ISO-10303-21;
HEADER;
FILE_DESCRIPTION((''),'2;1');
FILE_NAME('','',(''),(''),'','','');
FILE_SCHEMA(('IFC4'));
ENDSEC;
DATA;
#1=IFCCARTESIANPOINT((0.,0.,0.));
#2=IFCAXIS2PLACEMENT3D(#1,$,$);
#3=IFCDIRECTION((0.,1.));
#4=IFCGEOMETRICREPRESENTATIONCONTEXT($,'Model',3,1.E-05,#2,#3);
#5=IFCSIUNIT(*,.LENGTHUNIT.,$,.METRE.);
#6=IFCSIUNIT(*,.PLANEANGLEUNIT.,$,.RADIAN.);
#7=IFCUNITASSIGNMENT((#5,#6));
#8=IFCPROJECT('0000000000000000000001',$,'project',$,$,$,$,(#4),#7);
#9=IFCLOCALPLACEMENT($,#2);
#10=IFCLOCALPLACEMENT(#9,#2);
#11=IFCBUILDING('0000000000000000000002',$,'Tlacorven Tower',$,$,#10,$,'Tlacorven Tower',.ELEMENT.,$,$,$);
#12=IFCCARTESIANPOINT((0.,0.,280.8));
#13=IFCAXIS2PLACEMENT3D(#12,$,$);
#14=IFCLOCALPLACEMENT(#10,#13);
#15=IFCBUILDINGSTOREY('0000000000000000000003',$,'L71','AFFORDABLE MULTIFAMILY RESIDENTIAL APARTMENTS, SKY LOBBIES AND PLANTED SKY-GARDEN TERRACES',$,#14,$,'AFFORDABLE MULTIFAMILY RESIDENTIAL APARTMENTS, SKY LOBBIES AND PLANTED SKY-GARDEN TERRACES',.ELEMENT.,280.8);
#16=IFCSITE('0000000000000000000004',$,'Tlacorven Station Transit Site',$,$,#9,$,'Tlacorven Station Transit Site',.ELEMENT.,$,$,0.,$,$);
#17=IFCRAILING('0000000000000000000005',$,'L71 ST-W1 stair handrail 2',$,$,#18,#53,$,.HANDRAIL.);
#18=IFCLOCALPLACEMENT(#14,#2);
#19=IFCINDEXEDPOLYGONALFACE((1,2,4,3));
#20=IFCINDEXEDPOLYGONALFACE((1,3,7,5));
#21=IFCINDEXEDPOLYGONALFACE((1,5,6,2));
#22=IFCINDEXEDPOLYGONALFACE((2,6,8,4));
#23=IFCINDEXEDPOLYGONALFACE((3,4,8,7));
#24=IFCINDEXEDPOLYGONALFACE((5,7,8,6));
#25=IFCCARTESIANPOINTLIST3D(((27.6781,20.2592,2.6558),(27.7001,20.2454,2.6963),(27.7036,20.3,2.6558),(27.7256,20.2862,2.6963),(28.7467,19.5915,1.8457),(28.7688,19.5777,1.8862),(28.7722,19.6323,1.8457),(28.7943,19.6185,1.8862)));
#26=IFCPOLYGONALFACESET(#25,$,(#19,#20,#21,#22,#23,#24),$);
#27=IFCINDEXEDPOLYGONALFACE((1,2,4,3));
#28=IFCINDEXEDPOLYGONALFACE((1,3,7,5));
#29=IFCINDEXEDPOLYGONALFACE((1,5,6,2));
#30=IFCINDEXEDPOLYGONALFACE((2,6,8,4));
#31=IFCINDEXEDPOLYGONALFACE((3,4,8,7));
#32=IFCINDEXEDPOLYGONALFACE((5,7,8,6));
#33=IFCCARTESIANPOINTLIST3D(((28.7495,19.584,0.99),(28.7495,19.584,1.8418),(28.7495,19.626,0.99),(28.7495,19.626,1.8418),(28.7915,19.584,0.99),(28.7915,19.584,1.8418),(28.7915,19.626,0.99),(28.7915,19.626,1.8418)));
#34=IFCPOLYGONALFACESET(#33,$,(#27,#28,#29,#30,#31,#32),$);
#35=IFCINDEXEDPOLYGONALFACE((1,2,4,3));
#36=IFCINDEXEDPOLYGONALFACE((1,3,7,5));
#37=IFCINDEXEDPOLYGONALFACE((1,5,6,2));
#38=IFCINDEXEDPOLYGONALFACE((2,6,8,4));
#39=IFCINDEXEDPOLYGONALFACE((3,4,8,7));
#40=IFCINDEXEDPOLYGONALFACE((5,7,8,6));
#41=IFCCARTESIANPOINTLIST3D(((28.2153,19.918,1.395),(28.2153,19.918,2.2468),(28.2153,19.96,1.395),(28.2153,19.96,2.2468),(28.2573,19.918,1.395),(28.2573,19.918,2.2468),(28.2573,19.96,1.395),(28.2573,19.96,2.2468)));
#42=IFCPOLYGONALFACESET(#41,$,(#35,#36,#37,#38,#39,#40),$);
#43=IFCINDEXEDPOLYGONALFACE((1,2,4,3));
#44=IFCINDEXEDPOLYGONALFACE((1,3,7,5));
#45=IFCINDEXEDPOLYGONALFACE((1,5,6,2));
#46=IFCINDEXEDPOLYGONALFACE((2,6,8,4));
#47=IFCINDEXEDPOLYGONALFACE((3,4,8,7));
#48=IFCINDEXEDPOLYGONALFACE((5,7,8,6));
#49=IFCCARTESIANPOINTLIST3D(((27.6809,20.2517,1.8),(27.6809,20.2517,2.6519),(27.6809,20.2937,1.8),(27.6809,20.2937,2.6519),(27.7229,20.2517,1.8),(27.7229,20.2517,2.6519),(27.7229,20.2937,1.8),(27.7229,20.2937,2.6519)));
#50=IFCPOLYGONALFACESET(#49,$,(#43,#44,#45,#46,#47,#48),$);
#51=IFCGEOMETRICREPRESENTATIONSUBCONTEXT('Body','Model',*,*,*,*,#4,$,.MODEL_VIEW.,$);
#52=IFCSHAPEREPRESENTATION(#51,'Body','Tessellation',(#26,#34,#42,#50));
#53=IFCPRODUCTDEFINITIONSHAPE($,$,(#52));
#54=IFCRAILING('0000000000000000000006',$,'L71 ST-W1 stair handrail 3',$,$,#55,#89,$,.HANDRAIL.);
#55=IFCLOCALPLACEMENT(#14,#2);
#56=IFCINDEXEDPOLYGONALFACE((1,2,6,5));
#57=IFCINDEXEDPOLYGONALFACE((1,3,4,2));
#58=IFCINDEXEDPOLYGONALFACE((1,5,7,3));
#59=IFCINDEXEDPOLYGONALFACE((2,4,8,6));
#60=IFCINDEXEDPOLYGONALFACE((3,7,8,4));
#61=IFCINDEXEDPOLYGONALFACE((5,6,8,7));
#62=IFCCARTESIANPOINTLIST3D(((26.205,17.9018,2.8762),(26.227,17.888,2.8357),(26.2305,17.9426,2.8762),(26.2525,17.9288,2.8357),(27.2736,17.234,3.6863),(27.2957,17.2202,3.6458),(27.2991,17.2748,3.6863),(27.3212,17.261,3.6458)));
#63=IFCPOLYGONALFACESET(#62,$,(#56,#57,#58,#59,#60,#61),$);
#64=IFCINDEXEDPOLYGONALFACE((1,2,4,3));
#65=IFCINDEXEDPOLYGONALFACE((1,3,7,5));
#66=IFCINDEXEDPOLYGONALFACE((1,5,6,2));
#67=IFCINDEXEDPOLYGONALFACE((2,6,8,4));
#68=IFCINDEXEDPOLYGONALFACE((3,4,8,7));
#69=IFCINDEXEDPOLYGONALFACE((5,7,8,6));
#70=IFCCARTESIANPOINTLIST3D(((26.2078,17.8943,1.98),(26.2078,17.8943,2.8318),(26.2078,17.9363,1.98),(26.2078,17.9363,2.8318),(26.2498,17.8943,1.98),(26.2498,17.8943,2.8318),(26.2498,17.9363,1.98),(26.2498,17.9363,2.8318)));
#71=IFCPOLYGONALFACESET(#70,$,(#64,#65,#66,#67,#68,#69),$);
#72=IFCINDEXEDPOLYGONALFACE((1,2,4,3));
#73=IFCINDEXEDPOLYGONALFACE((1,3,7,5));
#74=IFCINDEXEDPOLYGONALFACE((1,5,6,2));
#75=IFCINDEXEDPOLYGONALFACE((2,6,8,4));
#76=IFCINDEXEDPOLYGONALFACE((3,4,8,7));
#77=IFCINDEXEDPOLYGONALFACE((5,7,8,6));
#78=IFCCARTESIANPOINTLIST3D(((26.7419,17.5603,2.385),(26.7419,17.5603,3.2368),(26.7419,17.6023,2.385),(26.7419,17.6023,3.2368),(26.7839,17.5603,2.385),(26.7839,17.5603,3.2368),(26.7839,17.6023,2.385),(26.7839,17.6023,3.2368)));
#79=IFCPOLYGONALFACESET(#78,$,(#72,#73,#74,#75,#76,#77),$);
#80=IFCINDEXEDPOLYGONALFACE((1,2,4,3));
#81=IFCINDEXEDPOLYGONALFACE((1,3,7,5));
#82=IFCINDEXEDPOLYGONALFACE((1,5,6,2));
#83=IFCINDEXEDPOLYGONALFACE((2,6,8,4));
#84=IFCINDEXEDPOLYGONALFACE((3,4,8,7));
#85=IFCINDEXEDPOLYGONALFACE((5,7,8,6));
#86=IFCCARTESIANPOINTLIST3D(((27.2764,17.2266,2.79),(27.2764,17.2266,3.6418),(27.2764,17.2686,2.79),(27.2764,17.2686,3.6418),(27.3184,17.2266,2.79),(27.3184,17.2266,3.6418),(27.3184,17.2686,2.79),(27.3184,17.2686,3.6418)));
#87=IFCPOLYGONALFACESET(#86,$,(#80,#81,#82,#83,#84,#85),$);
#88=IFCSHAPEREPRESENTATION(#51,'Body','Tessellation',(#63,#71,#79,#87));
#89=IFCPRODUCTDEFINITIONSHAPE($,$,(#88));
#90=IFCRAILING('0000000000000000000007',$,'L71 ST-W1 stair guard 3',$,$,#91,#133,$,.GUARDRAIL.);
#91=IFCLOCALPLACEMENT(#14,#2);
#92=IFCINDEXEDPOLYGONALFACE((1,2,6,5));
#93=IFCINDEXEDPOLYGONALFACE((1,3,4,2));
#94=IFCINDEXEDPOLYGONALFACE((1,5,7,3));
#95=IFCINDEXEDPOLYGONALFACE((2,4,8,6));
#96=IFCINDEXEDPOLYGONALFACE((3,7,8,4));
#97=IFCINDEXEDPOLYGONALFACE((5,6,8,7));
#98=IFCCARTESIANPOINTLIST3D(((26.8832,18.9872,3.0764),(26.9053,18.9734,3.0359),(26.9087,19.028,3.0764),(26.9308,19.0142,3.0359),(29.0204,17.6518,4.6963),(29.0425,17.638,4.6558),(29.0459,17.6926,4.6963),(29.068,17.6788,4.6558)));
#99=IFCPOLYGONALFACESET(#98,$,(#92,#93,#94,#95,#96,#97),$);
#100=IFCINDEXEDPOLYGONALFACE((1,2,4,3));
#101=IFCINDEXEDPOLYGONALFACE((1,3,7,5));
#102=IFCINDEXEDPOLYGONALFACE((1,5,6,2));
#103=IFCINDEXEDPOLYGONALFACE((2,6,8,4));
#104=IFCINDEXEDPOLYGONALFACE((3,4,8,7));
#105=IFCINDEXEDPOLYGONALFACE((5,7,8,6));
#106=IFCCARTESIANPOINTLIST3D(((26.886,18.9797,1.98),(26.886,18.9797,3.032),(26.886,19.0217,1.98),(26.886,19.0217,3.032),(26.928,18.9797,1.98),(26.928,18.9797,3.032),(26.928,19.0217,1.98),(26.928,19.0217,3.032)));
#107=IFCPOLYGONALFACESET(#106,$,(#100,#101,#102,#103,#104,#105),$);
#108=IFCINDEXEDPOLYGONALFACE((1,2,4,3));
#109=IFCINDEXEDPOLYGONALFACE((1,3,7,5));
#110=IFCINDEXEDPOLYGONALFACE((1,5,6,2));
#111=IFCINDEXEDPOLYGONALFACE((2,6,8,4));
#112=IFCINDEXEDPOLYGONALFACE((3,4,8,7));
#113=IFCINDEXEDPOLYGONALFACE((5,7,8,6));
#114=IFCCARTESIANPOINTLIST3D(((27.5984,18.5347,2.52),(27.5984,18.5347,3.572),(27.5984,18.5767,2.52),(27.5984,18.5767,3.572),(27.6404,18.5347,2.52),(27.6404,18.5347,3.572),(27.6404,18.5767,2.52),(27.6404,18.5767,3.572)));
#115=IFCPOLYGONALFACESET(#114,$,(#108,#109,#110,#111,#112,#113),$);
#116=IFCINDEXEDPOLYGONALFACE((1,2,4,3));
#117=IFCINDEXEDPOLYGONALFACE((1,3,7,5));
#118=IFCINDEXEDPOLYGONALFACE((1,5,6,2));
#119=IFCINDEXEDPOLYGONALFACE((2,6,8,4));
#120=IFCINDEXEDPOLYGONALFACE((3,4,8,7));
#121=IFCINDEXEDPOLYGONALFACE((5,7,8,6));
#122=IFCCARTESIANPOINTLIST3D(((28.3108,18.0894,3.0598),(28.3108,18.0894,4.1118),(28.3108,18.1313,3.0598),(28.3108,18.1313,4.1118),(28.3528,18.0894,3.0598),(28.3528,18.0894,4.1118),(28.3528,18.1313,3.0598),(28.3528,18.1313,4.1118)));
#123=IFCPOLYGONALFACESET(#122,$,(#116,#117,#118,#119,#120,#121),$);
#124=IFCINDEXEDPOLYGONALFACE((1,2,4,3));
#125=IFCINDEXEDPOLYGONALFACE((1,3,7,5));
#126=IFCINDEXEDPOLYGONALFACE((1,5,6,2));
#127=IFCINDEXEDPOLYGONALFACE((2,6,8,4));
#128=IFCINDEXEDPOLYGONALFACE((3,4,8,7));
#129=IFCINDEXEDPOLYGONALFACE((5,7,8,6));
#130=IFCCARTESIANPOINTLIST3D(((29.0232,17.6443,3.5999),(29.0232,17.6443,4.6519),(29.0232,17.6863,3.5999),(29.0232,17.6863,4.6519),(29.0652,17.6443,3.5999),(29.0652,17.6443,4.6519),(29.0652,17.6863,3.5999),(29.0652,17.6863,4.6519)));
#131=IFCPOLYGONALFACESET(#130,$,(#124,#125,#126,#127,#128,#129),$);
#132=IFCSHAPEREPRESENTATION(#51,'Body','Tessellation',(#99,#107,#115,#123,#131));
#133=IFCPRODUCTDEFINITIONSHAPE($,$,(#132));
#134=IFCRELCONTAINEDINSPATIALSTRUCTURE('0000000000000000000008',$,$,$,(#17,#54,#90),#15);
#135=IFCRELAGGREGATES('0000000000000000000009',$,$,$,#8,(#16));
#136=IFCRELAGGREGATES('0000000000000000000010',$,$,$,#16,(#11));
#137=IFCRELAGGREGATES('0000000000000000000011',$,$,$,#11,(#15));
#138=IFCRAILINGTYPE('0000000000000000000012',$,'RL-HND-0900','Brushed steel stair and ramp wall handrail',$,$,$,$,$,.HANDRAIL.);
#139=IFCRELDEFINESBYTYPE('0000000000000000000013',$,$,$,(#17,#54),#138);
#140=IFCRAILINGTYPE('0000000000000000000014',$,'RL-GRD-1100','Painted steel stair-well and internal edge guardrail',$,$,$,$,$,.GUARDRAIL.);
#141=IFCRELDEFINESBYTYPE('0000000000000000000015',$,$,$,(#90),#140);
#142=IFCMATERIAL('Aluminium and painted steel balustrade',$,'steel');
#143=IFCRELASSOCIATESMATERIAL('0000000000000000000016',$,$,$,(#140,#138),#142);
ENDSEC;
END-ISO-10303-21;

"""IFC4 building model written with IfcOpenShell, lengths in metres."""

from ifc_helpers import new_model, si_unit, direction, frame, origin, origin_2d, place, context, subcontext, project, spatial, rectangle, extrude, source, transform, mapped, material, type_object, element, save


model = new_model("IFC4")

# Units and contexts
model_context = context("Model", 3, precision=1e-05, world=origin(), true_north=direction((0.0, 1.0)))
body_context = subcontext(model_context, "Body", "Model", "MODEL_VIEW")
ifc_project = project(units=[si_unit("LENGTHUNIT", "METRE"), si_unit("PLANEANGLEUNIT", "RADIAN")], contexts=[model_context])

# Site, building, storey
site_placement = place(None, origin())
site = spatial("IfcSite", under=ifc_project, at=site_placement, Name="Tlacorven Station Transit Site", LongName="Tlacorven Station Transit Site", CompositionType="ELEMENT", RefElevation=0.0)
building_placement = place(site_placement, origin())
building = spatial("IfcBuilding", under=site, at=building_placement, Name="Tlacorven Tower", LongName="Tlacorven Tower", CompositionType="ELEMENT")
storey_placement = place(building_placement, frame((0.0, 0.0, 280.8)))
storey = spatial("IfcBuildingStorey", under=building, at=storey_placement, Name="L71", Description="AFFORDABLE MULTIFAMILY RESIDENTIAL APARTMENTS, SKY LOBBIES AND PLANTED SKY-GARDEN TERRACES", LongName="AFFORDABLE MULTIFAMILY RESIDENTIAL APARTMENTS, SKY LOBBIES AND PLANTED SKY-GARDEN TERRACES", CompositionType="ELEMENT", Elevation=280.8)

# Railings
ifc_material_1 = material(Name="Aluminium and painted steel balustrade", Category="steel")
railing_type_1 = type_object("IfcRailingType", Name="RL-GRD-1100", Description="Painted steel stair-well and internal edge guardrail", PredefinedType="GUARDRAIL", material=ifc_material_1)
railing_type_2 = type_object("IfcRailingType", Name="RL-HND-0900", Description="Brushed steel stair and ramp wall handrail", PredefinedType="HANDRAIL", material=ifc_material_1)
shared_shape_1 = source(origin(), body_context, "Body", "SweptSolid", [
    extrude(rectangle(XDim=0.0481, YDim=0.0481, at=origin_2d()), frame((0.0, 0.0, 0.876), z_axis=(-0.71336, 0.445748, 0.540765), x_axis=(-0.529912, -0.848053, 0.0)), (0.0, 0.0, 1.0), 1.498),
    extrude(rectangle(XDim=0.042, YDim=0.042, at=origin_2d()), origin(), (0.0, 0.0, 1.0), 0.8518),
    extrude(rectangle(XDim=0.042, YDim=0.042, at=origin_2d()), frame((-0.5342, 0.334, 0.405)), (0.0, 0.0, 1.0), 0.8518),
    extrude(rectangle(XDim=0.042, YDim=0.042, at=origin_2d()), frame((-1.0686, 0.6677, 0.8101)), (0.0, 0.0, 1.0), 0.8518),
])
for number, where, name in (
    (1, (28.7705, 19.605, 0.99), "L71 ST-W1 stair handrail 2"),
):
    element("IfcRailing", number, at=place(storey_placement, frame(where)), inside=storey, type_object=railing_type_2, Name=name, PredefinedType="HANDRAIL", context=body_context, shape_type="MappedRepresentation", body=[
        mapped(shared_shape_1, transform((0.0, 0.0, 0.0), scale=1.0)),
    ])
shared_shape_2 = source(origin(), body_context, "Body", "SweptSolid", [
    extrude(rectangle(XDim=0.0481, YDim=0.0481, at=origin_2d()), frame((0.0, 0.0, 0.876), z_axis=(0.71336, -0.445748, 0.540765), x_axis=(0.529912, 0.848053, 0.0)), (0.0, 0.0, 1.0), 1.498),
    extrude(rectangle(XDim=0.042, YDim=0.042, at=origin_2d()), origin(), (0.0, 0.0, 1.0), 0.8518),
    extrude(rectangle(XDim=0.042, YDim=0.042, at=origin_2d()), frame((0.5342, -0.334, 0.405)), (0.0, 0.0, 1.0), 0.8518),
    extrude(rectangle(XDim=0.042, YDim=0.042, at=origin_2d()), frame((1.0686, -0.6677, 0.8101)), (0.0, 0.0, 1.0), 0.8518),
])
railing_1_placement = place(storey_placement, frame((26.2288, 17.9153, 1.98)))
element("IfcRailing", 2, at=railing_1_placement, inside=storey, type_object=railing_type_2, Name="L71 ST-W1 stair handrail 3", PredefinedType="HANDRAIL", context=body_context, shape_type="MappedRepresentation", body=[
    mapped(shared_shape_2, transform((0.0, 0.0, 0.0), scale=1.0)),
])
shared_shape_3 = source(origin(), body_context, "Body", "SweptSolid", [
    extrude(rectangle(XDim=0.0481, YDim=0.0481, at=origin_2d()), frame((0.0, 0.0, 1.0762), z_axis=(0.713391, -0.445768, 0.540707), x_axis=(0.529912, 0.848053, 0.0)), (0.0, 0.0, 1.0), 2.9958),
    extrude(rectangle(XDim=0.042, YDim=0.042, at=origin_2d()), origin(), (0.0, 0.0, 1.0), 1.052),
    extrude(rectangle(XDim=0.042, YDim=0.042, at=origin_2d()), frame((0.7124, -0.4451, 0.54)), (0.0, 0.0, 1.0), 1.052),
    extrude(rectangle(XDim=0.042, YDim=0.042, at=origin_2d()), frame((1.4248, -0.8904, 1.0798)), (0.0, 0.0, 1.0), 1.052),
    extrude(rectangle(XDim=0.042, YDim=0.042, at=origin_2d()), frame((2.1372, -1.3354, 1.6199)), (0.0, 0.0, 1.0), 1.052),
])
railing_2_placement = place(storey_placement, frame((26.907, 19.0007, 1.98)))
element("IfcRailing", 3, at=railing_2_placement, inside=storey, type_object=railing_type_1, Name="L71 ST-W1 stair guard 3", PredefinedType="GUARDRAIL", context=body_context, shape_type="MappedRepresentation", body=[
    mapped(shared_shape_3, transform((0.0, 0.0, 0.0), scale=1.0)),
])

save(model, "model.ifc")
